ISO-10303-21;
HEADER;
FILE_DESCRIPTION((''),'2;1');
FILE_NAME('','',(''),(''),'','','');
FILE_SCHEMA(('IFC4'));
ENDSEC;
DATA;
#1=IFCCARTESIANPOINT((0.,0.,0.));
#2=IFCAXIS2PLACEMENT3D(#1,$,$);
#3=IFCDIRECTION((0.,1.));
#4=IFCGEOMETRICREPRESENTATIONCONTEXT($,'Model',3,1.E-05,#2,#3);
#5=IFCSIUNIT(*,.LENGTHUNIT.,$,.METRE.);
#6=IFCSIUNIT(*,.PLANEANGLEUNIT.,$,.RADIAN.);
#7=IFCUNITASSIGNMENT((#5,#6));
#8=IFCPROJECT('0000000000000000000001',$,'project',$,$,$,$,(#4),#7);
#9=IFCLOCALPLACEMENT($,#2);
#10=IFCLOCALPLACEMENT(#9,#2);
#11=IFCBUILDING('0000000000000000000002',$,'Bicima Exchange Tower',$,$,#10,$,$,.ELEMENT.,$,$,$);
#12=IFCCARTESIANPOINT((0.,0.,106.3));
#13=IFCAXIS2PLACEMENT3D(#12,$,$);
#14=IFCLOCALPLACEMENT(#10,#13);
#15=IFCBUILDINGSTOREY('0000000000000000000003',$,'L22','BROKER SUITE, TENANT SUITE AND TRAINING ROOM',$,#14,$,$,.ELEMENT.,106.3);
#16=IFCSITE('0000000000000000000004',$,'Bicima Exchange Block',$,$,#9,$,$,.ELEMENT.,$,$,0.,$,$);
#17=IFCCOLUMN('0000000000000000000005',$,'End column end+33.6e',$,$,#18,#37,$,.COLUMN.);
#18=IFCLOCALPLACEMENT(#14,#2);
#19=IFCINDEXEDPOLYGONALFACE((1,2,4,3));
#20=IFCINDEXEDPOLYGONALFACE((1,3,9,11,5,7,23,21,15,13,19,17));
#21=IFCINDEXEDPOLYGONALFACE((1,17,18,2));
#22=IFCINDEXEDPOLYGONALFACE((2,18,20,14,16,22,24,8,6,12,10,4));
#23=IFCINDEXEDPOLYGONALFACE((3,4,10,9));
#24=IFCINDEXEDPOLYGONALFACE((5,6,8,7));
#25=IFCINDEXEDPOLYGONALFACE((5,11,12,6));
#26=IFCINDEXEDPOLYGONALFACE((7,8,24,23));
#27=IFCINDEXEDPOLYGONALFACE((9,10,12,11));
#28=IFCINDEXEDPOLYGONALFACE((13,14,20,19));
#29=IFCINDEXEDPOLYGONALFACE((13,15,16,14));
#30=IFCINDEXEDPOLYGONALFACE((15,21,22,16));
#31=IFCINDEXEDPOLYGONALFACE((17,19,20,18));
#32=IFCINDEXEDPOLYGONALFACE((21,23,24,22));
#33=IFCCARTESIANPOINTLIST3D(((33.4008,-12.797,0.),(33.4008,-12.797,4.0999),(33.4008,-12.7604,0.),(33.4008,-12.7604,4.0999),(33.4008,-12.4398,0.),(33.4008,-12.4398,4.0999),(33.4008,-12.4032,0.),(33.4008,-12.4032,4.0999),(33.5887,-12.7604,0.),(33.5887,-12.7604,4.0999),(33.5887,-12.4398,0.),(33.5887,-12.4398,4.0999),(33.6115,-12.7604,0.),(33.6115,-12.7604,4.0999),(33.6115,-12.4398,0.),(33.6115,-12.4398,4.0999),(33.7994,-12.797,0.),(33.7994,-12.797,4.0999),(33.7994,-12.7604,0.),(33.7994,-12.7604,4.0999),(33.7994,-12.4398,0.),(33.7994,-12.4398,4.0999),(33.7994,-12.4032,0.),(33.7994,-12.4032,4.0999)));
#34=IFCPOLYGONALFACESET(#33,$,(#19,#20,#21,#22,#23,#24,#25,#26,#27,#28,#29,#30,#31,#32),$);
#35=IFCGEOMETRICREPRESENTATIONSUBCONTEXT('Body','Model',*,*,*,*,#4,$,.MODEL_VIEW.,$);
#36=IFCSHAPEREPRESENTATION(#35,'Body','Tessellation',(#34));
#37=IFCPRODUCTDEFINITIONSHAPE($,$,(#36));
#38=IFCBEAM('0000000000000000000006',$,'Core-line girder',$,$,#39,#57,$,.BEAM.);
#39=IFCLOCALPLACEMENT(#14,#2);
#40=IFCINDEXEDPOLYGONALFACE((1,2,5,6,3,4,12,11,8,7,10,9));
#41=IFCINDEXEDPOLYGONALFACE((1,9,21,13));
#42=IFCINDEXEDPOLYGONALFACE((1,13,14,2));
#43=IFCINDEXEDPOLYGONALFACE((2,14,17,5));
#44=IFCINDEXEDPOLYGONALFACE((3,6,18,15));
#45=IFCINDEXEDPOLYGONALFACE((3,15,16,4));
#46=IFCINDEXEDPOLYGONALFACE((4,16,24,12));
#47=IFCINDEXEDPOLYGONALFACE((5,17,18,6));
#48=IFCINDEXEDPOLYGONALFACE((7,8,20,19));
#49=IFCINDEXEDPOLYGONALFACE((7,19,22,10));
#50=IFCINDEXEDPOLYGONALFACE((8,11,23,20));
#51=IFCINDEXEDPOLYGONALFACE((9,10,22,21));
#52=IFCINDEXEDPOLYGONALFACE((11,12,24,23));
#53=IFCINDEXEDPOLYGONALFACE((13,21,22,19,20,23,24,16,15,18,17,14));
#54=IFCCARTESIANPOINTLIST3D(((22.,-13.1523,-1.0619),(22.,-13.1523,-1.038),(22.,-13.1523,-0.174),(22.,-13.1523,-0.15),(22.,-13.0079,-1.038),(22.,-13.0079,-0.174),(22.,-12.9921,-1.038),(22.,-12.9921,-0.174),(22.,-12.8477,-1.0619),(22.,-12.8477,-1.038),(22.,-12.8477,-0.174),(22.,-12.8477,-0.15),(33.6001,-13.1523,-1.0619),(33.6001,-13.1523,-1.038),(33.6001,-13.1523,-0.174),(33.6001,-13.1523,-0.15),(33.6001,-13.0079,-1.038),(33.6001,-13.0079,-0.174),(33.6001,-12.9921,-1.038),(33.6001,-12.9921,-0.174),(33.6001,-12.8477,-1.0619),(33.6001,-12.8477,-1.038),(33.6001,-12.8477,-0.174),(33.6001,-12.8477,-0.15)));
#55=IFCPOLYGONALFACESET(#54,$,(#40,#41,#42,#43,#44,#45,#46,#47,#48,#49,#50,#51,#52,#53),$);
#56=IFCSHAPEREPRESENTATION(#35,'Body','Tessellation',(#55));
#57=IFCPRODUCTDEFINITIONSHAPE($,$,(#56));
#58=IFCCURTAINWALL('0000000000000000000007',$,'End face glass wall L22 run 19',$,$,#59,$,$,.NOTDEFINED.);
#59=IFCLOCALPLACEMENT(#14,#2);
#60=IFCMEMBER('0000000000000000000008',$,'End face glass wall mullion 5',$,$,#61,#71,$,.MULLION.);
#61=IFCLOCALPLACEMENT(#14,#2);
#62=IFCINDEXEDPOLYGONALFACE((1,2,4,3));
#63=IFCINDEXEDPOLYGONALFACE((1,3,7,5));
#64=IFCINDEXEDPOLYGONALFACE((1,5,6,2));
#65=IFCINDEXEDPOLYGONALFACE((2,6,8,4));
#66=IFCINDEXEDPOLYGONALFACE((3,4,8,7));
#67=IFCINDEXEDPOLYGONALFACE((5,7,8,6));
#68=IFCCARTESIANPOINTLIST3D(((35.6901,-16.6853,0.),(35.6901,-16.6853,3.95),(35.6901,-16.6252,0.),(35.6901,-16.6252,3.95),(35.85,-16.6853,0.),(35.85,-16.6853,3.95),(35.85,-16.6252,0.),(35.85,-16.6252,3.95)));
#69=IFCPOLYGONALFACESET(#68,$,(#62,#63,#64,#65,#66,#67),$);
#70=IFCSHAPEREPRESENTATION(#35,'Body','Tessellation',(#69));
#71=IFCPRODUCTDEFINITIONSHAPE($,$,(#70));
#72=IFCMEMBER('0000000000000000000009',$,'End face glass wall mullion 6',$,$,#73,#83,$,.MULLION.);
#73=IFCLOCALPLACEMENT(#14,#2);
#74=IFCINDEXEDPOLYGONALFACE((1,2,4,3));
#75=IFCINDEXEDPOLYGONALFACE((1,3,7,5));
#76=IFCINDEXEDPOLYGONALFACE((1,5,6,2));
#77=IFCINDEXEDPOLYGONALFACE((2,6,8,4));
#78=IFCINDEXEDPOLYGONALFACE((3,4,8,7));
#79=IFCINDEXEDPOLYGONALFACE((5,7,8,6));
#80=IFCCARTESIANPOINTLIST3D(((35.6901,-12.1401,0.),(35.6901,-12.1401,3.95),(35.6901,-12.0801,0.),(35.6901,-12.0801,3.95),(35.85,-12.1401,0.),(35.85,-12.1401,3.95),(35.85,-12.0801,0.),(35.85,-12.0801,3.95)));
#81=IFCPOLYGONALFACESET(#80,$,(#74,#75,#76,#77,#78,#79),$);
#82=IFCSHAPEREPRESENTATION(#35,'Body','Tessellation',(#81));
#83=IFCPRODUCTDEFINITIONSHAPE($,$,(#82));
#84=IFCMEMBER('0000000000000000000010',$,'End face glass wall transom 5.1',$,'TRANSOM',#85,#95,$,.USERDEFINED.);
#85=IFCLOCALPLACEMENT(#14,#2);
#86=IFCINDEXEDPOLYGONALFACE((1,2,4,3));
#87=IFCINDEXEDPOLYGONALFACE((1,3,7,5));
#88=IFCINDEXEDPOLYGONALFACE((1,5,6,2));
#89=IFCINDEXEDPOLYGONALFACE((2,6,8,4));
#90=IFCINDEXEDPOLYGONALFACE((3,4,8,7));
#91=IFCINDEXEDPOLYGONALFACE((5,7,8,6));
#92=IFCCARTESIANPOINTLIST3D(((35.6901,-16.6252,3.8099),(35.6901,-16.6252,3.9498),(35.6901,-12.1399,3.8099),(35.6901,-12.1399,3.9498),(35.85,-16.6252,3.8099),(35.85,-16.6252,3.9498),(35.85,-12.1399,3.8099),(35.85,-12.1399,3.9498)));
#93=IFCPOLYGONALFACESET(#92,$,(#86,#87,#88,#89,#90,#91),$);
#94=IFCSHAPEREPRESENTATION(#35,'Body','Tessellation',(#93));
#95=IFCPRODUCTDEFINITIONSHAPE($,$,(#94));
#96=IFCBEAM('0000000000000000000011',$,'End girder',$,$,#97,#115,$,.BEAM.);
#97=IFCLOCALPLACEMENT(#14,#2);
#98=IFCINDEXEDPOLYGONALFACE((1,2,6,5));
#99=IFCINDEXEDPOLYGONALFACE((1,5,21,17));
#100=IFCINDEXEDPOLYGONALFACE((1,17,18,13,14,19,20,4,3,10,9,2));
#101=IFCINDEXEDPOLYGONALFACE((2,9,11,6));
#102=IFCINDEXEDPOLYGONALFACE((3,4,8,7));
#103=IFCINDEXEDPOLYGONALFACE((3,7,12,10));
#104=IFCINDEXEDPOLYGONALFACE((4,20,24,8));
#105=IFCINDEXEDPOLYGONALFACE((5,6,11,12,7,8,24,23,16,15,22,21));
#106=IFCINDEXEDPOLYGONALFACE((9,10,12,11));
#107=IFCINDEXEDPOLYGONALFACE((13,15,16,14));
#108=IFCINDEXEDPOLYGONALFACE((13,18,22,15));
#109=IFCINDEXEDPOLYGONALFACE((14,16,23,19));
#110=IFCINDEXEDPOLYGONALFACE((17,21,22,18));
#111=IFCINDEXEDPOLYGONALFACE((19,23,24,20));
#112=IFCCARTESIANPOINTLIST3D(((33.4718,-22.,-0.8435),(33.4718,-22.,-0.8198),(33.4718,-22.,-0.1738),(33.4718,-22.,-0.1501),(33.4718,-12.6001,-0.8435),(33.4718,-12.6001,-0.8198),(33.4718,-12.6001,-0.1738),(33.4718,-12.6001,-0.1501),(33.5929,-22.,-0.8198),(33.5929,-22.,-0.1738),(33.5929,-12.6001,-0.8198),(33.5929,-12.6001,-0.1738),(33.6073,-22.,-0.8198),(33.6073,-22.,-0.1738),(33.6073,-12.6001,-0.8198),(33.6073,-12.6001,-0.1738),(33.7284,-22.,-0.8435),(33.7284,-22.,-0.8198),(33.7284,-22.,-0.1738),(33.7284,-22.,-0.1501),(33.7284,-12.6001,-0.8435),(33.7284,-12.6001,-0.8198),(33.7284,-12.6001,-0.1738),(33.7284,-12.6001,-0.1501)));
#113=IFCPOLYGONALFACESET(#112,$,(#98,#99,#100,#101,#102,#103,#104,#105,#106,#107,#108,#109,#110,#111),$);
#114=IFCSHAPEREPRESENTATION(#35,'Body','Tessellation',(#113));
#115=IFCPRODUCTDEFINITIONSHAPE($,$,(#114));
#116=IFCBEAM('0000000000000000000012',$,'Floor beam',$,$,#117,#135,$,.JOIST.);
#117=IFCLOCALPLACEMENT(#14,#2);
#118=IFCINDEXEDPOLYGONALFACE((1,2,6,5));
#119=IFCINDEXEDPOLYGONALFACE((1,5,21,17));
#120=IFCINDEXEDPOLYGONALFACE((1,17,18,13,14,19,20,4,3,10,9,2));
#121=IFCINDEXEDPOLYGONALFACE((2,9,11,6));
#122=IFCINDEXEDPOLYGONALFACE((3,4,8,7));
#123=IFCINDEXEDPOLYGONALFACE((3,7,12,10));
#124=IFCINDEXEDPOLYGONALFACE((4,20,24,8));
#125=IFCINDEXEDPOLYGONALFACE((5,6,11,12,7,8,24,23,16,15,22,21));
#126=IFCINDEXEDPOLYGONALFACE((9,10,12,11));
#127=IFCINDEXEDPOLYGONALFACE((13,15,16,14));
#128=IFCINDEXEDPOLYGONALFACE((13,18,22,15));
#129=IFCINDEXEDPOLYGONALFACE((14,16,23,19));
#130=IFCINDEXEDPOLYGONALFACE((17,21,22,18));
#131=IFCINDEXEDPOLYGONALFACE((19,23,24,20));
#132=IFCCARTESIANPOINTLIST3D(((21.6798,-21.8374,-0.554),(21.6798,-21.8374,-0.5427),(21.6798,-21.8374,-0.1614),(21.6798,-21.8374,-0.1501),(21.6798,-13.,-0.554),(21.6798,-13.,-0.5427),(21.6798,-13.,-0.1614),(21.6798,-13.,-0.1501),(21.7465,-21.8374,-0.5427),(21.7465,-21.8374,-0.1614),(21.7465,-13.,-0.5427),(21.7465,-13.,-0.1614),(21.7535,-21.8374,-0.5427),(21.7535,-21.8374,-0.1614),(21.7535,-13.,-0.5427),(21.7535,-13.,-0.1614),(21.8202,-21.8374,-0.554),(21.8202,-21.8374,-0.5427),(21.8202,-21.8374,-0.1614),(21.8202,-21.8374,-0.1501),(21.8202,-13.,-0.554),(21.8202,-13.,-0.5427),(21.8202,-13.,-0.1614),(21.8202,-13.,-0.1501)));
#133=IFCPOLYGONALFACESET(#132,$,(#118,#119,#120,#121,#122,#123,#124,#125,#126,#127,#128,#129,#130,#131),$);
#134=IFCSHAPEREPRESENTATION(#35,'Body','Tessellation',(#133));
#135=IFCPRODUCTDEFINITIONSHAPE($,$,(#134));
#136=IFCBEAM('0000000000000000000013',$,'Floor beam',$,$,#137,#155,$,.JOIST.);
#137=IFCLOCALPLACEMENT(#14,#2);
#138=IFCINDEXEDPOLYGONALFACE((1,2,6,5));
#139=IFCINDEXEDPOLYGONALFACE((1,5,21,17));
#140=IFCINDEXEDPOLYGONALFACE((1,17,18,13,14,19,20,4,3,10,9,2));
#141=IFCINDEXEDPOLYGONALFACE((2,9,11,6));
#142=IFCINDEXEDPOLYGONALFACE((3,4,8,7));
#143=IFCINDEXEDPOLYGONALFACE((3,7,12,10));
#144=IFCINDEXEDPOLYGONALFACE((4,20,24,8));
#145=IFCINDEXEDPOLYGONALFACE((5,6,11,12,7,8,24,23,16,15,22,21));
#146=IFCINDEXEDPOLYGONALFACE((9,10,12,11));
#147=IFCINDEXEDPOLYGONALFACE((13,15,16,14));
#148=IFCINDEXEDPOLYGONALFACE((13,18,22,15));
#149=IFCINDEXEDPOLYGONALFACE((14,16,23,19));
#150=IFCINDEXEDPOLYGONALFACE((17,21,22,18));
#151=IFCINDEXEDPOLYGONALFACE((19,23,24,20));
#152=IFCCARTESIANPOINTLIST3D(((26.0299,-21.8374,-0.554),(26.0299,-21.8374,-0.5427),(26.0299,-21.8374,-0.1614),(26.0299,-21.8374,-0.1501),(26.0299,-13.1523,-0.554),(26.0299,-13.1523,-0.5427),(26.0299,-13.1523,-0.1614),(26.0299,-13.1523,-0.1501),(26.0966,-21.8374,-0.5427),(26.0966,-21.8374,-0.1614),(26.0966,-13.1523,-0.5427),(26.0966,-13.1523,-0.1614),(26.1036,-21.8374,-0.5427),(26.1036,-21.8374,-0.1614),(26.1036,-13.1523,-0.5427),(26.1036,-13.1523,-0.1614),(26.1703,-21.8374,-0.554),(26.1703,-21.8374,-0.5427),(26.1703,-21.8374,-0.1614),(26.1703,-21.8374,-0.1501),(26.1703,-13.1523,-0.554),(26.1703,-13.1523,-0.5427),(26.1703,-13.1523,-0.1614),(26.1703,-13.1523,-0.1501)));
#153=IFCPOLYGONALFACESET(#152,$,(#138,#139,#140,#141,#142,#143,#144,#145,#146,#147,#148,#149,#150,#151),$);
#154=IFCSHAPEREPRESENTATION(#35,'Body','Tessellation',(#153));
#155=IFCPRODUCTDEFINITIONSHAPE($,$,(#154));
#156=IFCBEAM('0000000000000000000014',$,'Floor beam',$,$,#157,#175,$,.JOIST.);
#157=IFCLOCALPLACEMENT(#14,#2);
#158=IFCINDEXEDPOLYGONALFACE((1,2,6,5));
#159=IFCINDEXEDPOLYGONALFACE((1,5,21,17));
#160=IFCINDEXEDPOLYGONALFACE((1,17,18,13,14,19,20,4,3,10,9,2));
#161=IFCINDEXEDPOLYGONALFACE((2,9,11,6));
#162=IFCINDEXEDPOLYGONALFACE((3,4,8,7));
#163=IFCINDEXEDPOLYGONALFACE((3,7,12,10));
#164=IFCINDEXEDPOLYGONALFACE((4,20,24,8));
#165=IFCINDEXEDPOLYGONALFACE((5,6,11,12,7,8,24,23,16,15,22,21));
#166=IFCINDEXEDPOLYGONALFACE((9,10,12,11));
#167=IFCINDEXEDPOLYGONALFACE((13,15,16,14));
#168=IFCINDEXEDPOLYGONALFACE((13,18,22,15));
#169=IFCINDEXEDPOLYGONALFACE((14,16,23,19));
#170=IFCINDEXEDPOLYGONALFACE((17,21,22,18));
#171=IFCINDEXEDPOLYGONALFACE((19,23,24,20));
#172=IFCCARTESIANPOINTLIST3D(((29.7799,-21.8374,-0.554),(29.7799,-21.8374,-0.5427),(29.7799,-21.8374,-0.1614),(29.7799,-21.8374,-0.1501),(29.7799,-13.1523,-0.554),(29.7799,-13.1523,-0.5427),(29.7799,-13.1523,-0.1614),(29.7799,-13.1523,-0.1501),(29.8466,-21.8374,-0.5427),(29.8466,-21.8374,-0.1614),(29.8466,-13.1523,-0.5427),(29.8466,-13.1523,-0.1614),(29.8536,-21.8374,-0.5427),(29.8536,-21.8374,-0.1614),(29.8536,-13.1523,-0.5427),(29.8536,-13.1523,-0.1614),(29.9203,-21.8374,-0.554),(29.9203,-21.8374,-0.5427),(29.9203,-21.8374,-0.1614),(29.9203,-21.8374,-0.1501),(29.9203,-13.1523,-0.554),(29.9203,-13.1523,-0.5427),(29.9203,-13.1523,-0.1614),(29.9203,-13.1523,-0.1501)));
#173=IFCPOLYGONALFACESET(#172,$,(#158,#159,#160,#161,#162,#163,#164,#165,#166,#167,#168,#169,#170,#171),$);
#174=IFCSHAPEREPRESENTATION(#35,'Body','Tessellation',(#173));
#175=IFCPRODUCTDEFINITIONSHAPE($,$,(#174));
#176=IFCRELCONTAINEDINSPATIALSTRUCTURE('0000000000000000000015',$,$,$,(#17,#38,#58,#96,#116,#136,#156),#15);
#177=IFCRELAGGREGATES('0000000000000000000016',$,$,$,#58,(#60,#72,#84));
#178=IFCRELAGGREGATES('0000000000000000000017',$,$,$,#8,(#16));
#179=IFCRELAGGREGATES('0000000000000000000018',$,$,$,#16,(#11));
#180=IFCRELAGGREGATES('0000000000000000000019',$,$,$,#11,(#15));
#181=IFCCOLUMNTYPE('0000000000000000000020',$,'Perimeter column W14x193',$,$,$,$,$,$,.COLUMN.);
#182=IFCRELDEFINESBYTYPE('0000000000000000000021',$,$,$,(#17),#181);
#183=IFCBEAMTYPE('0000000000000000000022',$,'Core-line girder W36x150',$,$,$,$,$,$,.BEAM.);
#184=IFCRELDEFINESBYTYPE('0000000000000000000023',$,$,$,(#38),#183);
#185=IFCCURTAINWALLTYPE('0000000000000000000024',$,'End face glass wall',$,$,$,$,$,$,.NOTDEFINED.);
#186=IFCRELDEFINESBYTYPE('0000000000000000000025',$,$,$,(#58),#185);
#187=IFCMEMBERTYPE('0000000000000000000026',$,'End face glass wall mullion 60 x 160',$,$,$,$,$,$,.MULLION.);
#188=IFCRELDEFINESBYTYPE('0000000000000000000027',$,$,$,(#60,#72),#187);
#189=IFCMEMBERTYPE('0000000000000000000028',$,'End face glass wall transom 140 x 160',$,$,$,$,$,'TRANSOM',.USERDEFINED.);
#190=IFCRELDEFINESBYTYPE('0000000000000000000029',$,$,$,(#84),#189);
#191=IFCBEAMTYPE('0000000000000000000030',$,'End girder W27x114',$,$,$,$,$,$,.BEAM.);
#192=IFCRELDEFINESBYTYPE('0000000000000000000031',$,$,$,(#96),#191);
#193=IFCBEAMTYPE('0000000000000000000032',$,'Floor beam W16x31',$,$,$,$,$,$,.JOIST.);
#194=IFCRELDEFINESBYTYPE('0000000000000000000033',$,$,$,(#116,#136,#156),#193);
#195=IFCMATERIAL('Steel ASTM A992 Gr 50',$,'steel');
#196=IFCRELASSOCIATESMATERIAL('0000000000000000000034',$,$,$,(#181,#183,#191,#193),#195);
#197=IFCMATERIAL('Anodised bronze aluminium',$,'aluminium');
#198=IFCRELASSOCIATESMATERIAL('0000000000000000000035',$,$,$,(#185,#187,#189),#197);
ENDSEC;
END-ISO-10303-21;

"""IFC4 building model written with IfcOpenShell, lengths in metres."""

from ifc_helpers import new_model, si_unit, direction, frame, origin, origin_2d, place, context, subcontext, project, spatial, rectangle, i_section, extrude, material, material_profile, profile_set, type_object, element, aggregate, save


model = new_model("IFC4")

# Units and contexts
model_context = context("Model", 3, precision=1e-05, world=origin(), true_north=direction((0.0, 1.0)))
body_context = subcontext(model_context, "Body", "Model", "MODEL_VIEW")
ifc_project = project(units=[si_unit("LENGTHUNIT", "METRE"), si_unit("PLANEANGLEUNIT", "RADIAN")], contexts=[model_context])

# Site, building, storey
site_placement = place(None, origin())
site = spatial("IfcSite", under=ifc_project, at=site_placement, Name="Bicima Exchange Block", CompositionType="ELEMENT", RefElevation=0.0)
building_placement = place(site_placement, origin())
building = spatial("IfcBuilding", under=site, at=building_placement, Name="Bicima Exchange Tower", CompositionType="ELEMENT")
storey_placement = place(building_placement, frame((0.0, 0.0, 106.3)))
storey = spatial("IfcBuildingStorey", under=building, at=storey_placement, Name="L22", Description="BROKER SUITE, TENANT SUITE AND TRAINING ROOM", CompositionType="ELEMENT", Elevation=106.3)

# Column
ifc_material_1 = material(Name="Steel ASTM A992 Gr 50", Category="steel")
ifc_material_profile_1 = material_profile(ifc_material_1, i_section(OverallWidth=0.3987, OverallDepth=0.3938, WebThickness=0.0227, FlangeThickness=0.0366, at=origin_2d()))
ifc_profile_set_1 = profile_set([ifc_material_profile_1], Name="Steel ASTM A992 Gr 50")
column_type = type_object("IfcColumnType", Name="Perimeter column W14x193", PredefinedType="COLUMN", material=ifc_profile_set_1)
column_placement = place(storey_placement, frame((33.6001, -12.6001, 0.0), z_axis=(0.0, 0.0, 1.0), x_axis=(1.0, 0.0, 0.0)))
element("IfcColumn", 1, at=column_placement, inside=storey, type_object=column_type, Name="End column end+33.6e", PredefinedType="COLUMN", context=body_context, shape_type="SweptSolid", body=[
    extrude(i_section(OverallWidth=0.3987, OverallDepth=0.3938, WebThickness=0.0227, FlangeThickness=0.0366, at=origin_2d()), origin(), (0.0, 0.0, 1.0), 4.0999),
])

# Beam
ifc_material_profile_2 = material_profile(ifc_material_1, i_section(OverallWidth=0.3047, OverallDepth=0.9119, WebThickness=0.0159, FlangeThickness=0.0239, at=origin_2d()))
ifc_profile_set_2 = profile_set([ifc_material_profile_2], Name="Steel ASTM A992 Gr 50")
beam_type_1 = type_object("IfcBeamType", Name="Core-line girder W36x150", PredefinedType="BEAM", material=ifc_profile_set_2)
beam_1_placement = place(storey_placement, frame((22.0, -13.0, -0.606), z_axis=(1.0, 0.0, 0.0), x_axis=(0.0, 1.0, 0.0)))
element("IfcBeam", 2, at=beam_1_placement, inside=storey, type_object=beam_type_1, Name="Core-line girder", PredefinedType="BEAM", context=body_context, shape_type="SweptSolid", body=[
    extrude(i_section(OverallWidth=0.3047, OverallDepth=0.9119, WebThickness=0.0159, FlangeThickness=0.0239, at=origin_2d()), origin(), (0.0, 0.0, 1.0), 11.6001),
])

# Curtain wall, members
ifc_material_2 = material(Name="Anodised bronze aluminium", Category="aluminium")
curtain_wall_type = type_object("IfcCurtainWallType", Name="End face glass wall", PredefinedType="NOTDEFINED", material=ifc_material_2)
curtain_wall_placement = place(storey_placement, origin())
curtain_wall = element("IfcCurtainWall", 3, at=curtain_wall_placement, inside=storey, type_object=curtain_wall_type, Name="End face glass wall L22 run 19", PredefinedType="NOTDEFINED")
ifc_material_profile_3 = material_profile(ifc_material_2, rectangle(XDim=0.1599, YDim=0.0601, at=origin_2d()))
ifc_profile_set_3 = profile_set([ifc_material_profile_3], Name="Anodised bronze aluminium")
member_type_1 = type_object("IfcMemberType", Name="End face glass wall mullion 60 x 160", PredefinedType="MULLION", material=ifc_profile_set_3)
member_1_placement = place(storey_placement, frame((35.77, -16.6553, 0.0), z_axis=(0.0, 0.0, 1.0), x_axis=(-1.0, 0.0, 0.0)))
member_1 = element("IfcMember", 4, at=member_1_placement, type_object=member_type_1, Name="End face glass wall mullion 5", PredefinedType="MULLION", context=body_context, shape_type="SweptSolid", body=[
    extrude(rectangle(XDim=0.1599, YDim=0.0601, at=origin_2d()), origin(), (0.0, 0.0, 1.0), 3.95),
])
member_2_placement = place(storey_placement, frame((35.77, -12.1101, 0.0), z_axis=(0.0, 0.0, 1.0), x_axis=(-1.0, 0.0, 0.0)))
member_2 = element("IfcMember", 5, at=member_2_placement, type_object=member_type_1, Name="End face glass wall mullion 6", PredefinedType="MULLION", context=body_context, shape_type="SweptSolid", body=[
    extrude(rectangle(XDim=0.1599, YDim=0.0601, at=origin_2d()), origin(), (0.0, 0.0, 1.0), 3.95),
])
ifc_material_profile_4 = material_profile(ifc_material_2, rectangle(XDim=0.1599, YDim=0.1399, at=origin_2d()))
ifc_profile_set_4 = profile_set([ifc_material_profile_4], Name="Anodised bronze aluminium")
member_type_2 = type_object("IfcMemberType", Name="End face glass wall transom 140 x 160", ElementType="TRANSOM", PredefinedType="USERDEFINED", material=ifc_profile_set_4)
member_3_placement = place(storey_placement, frame((35.77, -16.6252, 3.8799), z_axis=(0.0, 1.0, 0.0), x_axis=(-1.0, 0.0, 0.0)))
member_3 = element("IfcMember", 6, at=member_3_placement, type_object=member_type_2, Name="End face glass wall transom 5.1", ObjectType="TRANSOM", PredefinedType="USERDEFINED", context=body_context, shape_type="SweptSolid", body=[
    extrude(rectangle(XDim=0.1599, YDim=0.1399, at=origin_2d()), origin(), (0.0, 0.0, 1.0), 4.4854),
])

# Beams
ifc_material_profile_5 = material_profile(ifc_material_1, i_section(OverallWidth=0.2566, OverallDepth=0.6934, WebThickness=0.0144, FlangeThickness=0.0237, at=origin_2d()))
ifc_profile_set_5 = profile_set([ifc_material_profile_5], Name="Steel ASTM A992 Gr 50")
beam_type_2 = type_object("IfcBeamType", Name="End girder W27x114", PredefinedType="BEAM", material=ifc_profile_set_5)
beam_2_placement = place(storey_placement, frame((33.6001, -12.6001, -0.4968), z_axis=(0.0, -1.0, 0.0), x_axis=(1.0, 0.0, 0.0)))
element("IfcBeam", 7, at=beam_2_placement, inside=storey, type_object=beam_type_2, Name="End girder", PredefinedType="BEAM", context=body_context, shape_type="SweptSolid", body=[
    extrude(i_section(OverallWidth=0.2566, OverallDepth=0.6934, WebThickness=0.0144, FlangeThickness=0.0237, at=origin_2d()), origin(), (0.0, 0.0, 1.0), 9.3999),
])
ifc_material_profile_6 = material_profile(ifc_material_1, i_section(OverallWidth=0.1404, OverallDepth=0.4038, WebThickness=0.0071, FlangeThickness=0.0112, at=origin_2d()))
ifc_profile_set_6 = profile_set([ifc_material_profile_6], Name="Steel ASTM A992 Gr 50")
beam_type_3 = type_object("IfcBeamType", Name="Floor beam W16x31", PredefinedType="JOIST", material=ifc_profile_set_6)
beam_3_placement = place(storey_placement, frame((21.75, -13.0, -0.3521), z_axis=(0.0, -1.0, 0.0), x_axis=(1.0, 0.0, 0.0)))
element("IfcBeam", 8, at=beam_3_placement, inside=storey, type_object=beam_type_3, Name="Floor beam", PredefinedType="JOIST", context=body_context, shape_type="SweptSolid", body=[
    extrude(i_section(OverallWidth=0.1404, OverallDepth=0.4038, WebThickness=0.0071, FlangeThickness=0.0112, at=origin_2d()), origin(), (0.0, 0.0, 1.0), 8.8374),
])
for number, where, z_axis, x_axis, name in (
    (9, (26.1001, -13.1523, -0.3521), (0.0, -1.0, 0.0), (1.0, 0.0, 0.0), "Floor beam"),
    (10, (29.8501, -13.1523, -0.3521), (0.0, -1.0, 0.0), (1.0, 0.0, 0.0), "Floor beam"),
):
    element("IfcBeam", number, at=place(storey_placement, frame(where, z_axis=z_axis, x_axis=x_axis)), inside=storey, type_object=beam_type_3, Name=name, PredefinedType="JOIST", context=body_context, shape_type="SweptSolid", body=[
        extrude(i_section(OverallWidth=0.1404, OverallDepth=0.4038, WebThickness=0.0071, FlangeThickness=0.0112, at=origin_2d()), origin(), (0.0, 0.0, 1.0), 8.6851),
    ])

aggregate(curtain_wall, [member_1, member_2, member_3])

save(model, "model.ifc")
